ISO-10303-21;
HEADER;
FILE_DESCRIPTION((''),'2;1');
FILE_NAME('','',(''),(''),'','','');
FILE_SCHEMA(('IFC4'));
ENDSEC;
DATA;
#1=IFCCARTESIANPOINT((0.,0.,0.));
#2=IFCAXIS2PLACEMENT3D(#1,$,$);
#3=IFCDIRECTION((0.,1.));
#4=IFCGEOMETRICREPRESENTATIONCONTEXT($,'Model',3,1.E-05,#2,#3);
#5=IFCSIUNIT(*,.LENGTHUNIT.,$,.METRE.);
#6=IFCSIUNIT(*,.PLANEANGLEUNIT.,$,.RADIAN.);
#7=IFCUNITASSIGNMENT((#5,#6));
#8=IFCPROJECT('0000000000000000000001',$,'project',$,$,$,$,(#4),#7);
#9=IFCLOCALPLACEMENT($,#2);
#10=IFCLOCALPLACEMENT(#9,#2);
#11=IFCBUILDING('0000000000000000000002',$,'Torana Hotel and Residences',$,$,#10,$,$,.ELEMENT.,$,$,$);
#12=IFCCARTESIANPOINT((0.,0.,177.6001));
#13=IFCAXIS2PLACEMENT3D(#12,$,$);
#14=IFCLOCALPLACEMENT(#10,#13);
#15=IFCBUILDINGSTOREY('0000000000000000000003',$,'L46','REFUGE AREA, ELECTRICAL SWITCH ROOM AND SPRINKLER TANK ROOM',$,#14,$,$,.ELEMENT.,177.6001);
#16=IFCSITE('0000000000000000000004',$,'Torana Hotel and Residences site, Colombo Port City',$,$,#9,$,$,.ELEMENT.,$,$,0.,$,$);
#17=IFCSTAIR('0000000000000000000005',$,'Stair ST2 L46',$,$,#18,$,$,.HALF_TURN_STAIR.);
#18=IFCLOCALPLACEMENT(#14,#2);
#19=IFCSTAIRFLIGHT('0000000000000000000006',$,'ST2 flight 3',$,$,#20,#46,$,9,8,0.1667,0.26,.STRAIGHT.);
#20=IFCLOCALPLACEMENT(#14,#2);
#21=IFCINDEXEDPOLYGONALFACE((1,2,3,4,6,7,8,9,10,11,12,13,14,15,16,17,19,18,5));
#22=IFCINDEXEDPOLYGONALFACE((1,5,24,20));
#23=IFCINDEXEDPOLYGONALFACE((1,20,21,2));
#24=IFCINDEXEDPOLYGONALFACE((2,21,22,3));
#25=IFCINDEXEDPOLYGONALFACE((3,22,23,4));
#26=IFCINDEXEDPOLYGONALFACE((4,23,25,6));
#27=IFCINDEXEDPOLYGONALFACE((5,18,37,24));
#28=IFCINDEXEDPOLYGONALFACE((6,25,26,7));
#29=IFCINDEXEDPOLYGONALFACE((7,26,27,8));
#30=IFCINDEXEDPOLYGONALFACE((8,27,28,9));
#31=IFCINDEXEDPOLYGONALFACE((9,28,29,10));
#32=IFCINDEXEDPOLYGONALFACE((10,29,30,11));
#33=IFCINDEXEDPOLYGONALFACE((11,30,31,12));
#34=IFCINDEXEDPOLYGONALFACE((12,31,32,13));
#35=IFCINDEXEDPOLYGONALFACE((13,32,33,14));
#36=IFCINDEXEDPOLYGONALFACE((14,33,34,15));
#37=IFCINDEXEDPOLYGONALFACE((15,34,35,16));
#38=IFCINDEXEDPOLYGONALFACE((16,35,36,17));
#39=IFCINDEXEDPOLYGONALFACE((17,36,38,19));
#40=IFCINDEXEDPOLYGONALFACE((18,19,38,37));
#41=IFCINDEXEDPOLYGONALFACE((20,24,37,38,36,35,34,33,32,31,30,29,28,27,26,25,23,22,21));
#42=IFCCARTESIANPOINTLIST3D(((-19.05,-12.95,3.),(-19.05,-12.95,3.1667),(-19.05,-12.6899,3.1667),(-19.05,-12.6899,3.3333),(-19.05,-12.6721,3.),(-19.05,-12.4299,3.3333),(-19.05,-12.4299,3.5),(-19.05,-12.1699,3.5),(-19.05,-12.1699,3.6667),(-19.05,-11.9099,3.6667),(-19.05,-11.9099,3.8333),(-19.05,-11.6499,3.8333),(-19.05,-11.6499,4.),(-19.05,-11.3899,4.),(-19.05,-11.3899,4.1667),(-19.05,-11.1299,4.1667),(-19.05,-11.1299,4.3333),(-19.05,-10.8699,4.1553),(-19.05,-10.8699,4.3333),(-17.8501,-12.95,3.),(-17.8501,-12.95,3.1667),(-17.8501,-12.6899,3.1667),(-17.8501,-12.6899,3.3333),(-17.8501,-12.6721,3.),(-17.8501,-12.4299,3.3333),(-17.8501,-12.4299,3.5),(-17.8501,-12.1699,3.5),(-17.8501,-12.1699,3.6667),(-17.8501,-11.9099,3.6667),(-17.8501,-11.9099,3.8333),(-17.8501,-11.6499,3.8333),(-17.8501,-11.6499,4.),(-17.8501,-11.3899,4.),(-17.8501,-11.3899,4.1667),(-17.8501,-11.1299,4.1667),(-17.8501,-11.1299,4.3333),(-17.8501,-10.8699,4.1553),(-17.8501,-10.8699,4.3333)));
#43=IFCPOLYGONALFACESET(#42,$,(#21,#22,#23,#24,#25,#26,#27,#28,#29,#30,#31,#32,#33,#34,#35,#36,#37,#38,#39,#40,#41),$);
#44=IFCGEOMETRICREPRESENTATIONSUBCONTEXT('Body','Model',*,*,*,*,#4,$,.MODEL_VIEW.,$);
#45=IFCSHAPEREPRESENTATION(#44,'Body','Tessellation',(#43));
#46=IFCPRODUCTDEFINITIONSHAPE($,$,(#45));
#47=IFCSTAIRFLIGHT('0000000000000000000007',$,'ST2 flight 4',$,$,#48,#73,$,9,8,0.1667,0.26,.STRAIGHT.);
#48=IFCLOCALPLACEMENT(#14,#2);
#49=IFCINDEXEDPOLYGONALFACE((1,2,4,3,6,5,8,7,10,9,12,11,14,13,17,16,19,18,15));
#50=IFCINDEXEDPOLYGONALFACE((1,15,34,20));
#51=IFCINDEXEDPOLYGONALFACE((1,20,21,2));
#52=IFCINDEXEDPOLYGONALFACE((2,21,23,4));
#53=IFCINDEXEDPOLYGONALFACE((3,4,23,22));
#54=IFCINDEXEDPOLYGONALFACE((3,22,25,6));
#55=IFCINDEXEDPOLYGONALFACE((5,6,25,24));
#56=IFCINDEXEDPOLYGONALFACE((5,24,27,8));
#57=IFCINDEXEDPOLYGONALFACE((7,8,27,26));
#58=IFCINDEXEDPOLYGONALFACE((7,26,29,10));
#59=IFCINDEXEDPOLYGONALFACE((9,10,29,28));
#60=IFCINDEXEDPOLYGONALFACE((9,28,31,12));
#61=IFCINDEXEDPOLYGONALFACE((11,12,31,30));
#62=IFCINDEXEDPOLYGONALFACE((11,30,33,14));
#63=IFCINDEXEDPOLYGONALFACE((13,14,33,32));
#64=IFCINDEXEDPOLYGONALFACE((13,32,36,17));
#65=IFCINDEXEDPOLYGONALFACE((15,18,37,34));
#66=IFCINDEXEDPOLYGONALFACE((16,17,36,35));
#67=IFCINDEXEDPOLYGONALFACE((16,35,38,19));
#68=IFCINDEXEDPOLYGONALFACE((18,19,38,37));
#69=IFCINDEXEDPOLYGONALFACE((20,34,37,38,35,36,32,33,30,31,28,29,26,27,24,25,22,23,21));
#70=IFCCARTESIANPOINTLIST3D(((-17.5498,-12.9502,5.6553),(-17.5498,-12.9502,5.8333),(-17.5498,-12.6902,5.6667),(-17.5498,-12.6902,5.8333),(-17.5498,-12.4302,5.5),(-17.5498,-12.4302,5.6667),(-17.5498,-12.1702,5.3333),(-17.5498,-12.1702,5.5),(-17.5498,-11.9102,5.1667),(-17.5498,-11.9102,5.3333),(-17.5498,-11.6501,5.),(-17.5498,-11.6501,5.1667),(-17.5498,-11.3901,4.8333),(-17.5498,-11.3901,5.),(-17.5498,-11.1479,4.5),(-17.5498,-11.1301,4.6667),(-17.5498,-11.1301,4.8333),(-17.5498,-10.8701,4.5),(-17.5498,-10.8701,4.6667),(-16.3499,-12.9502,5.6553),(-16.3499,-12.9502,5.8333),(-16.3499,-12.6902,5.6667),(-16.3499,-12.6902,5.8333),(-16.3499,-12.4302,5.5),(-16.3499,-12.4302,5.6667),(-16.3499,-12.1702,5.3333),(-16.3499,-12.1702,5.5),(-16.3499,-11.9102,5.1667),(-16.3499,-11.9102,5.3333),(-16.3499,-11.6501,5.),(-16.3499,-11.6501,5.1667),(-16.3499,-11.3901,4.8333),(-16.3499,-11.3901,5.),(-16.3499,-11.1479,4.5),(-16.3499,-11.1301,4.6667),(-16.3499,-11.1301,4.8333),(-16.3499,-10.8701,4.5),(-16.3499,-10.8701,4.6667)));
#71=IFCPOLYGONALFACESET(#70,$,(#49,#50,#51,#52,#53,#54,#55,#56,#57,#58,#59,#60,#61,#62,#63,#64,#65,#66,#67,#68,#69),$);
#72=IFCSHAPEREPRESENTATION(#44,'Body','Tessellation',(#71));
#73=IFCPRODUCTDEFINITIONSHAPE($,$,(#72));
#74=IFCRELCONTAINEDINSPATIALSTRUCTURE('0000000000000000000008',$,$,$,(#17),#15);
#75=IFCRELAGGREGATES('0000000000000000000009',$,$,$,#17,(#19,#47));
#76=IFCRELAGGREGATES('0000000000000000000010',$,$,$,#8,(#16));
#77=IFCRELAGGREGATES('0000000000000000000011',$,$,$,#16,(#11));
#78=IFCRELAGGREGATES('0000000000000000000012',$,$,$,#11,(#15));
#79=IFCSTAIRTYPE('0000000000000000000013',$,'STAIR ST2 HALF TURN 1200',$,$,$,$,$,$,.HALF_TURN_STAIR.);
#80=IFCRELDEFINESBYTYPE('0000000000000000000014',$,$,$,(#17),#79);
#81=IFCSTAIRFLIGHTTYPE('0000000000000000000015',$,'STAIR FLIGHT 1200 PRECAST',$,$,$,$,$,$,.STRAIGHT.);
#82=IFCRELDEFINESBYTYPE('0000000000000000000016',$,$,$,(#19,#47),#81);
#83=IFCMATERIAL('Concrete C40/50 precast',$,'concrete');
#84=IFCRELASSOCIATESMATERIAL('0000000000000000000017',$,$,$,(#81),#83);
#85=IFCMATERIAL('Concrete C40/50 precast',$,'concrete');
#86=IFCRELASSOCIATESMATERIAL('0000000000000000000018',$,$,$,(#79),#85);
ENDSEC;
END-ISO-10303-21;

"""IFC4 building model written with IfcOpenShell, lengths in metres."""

from ifc_helpers import new_model, si_unit, direction, frame, origin, place, context, subcontext, project, spatial, polyline, outline, extrude, material, type_object, element, aggregate, save


model = new_model("IFC4")

# Units and contexts
model_context = context("Model", 3, precision=1e-05, world=origin(), true_north=direction((0.0, 1.0)))
body_context = subcontext(model_context, "Body", "Model", "MODEL_VIEW")
ifc_project = project(units=[si_unit("LENGTHUNIT", "METRE"), si_unit("PLANEANGLEUNIT", "RADIAN")], contexts=[model_context])

# Site, building, storey
site_placement = place(None, origin())
site = spatial("IfcSite", under=ifc_project, at=site_placement, Name="Torana Hotel and Residences site, Colombo Port City", CompositionType="ELEMENT", RefElevation=0.0)
building_placement = place(site_placement, origin())
building = spatial("IfcBuilding", under=site, at=building_placement, Name="Torana Hotel and Residences", CompositionType="ELEMENT")
storey_placement = place(building_placement, frame((0.0, 0.0, 177.6001)))
storey = spatial("IfcBuildingStorey", under=building, at=storey_placement, Name="L46", Description="REFUGE AREA, ELECTRICAL SWITCH ROOM AND SPRINKLER TANK ROOM", CompositionType="ELEMENT", Elevation=177.6001)

# Stair, stair flights
ifc_material_1 = material(Name="Concrete C40/50 precast", Category="concrete")
stair_flight_type = type_object("IfcStairFlightType", Name="STAIR FLIGHT 1200 PRECAST", PredefinedType="STRAIGHT", material=ifc_material_1)
ifc_material_2 = material(Name="Concrete C40/50 precast", Category="concrete")
stair_type_1 = type_object("IfcStairType", Name="STAIR ST2 HALF TURN 1200", PredefinedType="HALF_TURN_STAIR", material=ifc_material_2)
stair_1_placement = place(storey_placement, origin())
stair_1 = element("IfcStair", 1, at=stair_1_placement, inside=storey, type_object=stair_type_1, Name="Stair ST2 L46", PredefinedType="HALF_TURN_STAIR")
stair_flight_1_placement = place(storey_placement, frame((-18.45, -12.95, 3.0), z_axis=(0.0, 0.0, 1.0), x_axis=(0.0, 1.0, 0.0)))
stair_flight_1 = element("IfcStairFlight", 2, at=stair_flight_1_placement, type_object=stair_flight_type, Name="ST2 flight 3", NumberOfRisers=9, NumberOfTreads=8, PredefinedType="STRAIGHT", RiserHeight=0.1667, TreadLength=0.26, context=body_context, shape_type="SweptSolid", body=[
    extrude(outline(polyline([(0.0, 0.0), (0.0, 0.1667), (0.26, 0.1667), (0.26, 0.3333), (0.52, 0.3333), (0.52, 0.5), (0.78, 0.5), (0.78, 0.6667), (1.04, 0.6667), (1.04, 0.8333), (1.3, 0.8333), (1.3, 1.0), (1.5601, 1.0), (1.5601, 1.1667), (1.8201, 1.1667), (1.8201, 1.3333), (2.0801, 1.3333), (2.0801, 1.5), (2.0801, 1.1553), (0.2778, 0.0), (0.0, 0.0)])), frame((0.0, 0.6001, 0.0), z_axis=(0.0, -1.0, 0.0), x_axis=(1.0, 0.0, 0.0)), (0.0, 0.0, 1.0), 1.2),
])
stair_flight_2_placement = place(storey_placement, frame((-16.95, -10.8701, 4.5), z_axis=(0.0, 0.0, 1.0), x_axis=(0.0, -1.0, 0.0)))
stair_flight_2 = element("IfcStairFlight", 3, at=stair_flight_2_placement, type_object=stair_flight_type, Name="ST2 flight 4", NumberOfRisers=9, NumberOfTreads=8, PredefinedType="STRAIGHT", RiserHeight=0.1667, TreadLength=0.26, context=body_context, shape_type="SweptSolid", body=[
    extrude(outline(polyline([(0.0, 0.0), (0.0, 0.1667), (0.26, 0.1667), (0.26, 0.3333), (0.52, 0.3333), (0.52, 0.5), (0.78, 0.5), (0.78, 0.6667), (1.04, 0.6667), (1.04, 0.8333), (1.3, 0.8333), (1.3, 1.0), (1.5601, 1.0), (1.5601, 1.1667), (1.8201, 1.1667), (1.8201, 1.3333), (2.0801, 1.3333), (2.0801, 1.5), (2.0801, 1.1553), (0.2778, 0.0), (0.0, 0.0)])), frame((0.0, 0.6001, 0.0), z_axis=(0.0, -1.0, 0.0), x_axis=(1.0, 0.0, 0.0)), (0.0, 0.0, 1.0), 1.2),
])
aggregate(stair_1, [stair_flight_1, stair_flight_2])

save(model, "model.ifc")
